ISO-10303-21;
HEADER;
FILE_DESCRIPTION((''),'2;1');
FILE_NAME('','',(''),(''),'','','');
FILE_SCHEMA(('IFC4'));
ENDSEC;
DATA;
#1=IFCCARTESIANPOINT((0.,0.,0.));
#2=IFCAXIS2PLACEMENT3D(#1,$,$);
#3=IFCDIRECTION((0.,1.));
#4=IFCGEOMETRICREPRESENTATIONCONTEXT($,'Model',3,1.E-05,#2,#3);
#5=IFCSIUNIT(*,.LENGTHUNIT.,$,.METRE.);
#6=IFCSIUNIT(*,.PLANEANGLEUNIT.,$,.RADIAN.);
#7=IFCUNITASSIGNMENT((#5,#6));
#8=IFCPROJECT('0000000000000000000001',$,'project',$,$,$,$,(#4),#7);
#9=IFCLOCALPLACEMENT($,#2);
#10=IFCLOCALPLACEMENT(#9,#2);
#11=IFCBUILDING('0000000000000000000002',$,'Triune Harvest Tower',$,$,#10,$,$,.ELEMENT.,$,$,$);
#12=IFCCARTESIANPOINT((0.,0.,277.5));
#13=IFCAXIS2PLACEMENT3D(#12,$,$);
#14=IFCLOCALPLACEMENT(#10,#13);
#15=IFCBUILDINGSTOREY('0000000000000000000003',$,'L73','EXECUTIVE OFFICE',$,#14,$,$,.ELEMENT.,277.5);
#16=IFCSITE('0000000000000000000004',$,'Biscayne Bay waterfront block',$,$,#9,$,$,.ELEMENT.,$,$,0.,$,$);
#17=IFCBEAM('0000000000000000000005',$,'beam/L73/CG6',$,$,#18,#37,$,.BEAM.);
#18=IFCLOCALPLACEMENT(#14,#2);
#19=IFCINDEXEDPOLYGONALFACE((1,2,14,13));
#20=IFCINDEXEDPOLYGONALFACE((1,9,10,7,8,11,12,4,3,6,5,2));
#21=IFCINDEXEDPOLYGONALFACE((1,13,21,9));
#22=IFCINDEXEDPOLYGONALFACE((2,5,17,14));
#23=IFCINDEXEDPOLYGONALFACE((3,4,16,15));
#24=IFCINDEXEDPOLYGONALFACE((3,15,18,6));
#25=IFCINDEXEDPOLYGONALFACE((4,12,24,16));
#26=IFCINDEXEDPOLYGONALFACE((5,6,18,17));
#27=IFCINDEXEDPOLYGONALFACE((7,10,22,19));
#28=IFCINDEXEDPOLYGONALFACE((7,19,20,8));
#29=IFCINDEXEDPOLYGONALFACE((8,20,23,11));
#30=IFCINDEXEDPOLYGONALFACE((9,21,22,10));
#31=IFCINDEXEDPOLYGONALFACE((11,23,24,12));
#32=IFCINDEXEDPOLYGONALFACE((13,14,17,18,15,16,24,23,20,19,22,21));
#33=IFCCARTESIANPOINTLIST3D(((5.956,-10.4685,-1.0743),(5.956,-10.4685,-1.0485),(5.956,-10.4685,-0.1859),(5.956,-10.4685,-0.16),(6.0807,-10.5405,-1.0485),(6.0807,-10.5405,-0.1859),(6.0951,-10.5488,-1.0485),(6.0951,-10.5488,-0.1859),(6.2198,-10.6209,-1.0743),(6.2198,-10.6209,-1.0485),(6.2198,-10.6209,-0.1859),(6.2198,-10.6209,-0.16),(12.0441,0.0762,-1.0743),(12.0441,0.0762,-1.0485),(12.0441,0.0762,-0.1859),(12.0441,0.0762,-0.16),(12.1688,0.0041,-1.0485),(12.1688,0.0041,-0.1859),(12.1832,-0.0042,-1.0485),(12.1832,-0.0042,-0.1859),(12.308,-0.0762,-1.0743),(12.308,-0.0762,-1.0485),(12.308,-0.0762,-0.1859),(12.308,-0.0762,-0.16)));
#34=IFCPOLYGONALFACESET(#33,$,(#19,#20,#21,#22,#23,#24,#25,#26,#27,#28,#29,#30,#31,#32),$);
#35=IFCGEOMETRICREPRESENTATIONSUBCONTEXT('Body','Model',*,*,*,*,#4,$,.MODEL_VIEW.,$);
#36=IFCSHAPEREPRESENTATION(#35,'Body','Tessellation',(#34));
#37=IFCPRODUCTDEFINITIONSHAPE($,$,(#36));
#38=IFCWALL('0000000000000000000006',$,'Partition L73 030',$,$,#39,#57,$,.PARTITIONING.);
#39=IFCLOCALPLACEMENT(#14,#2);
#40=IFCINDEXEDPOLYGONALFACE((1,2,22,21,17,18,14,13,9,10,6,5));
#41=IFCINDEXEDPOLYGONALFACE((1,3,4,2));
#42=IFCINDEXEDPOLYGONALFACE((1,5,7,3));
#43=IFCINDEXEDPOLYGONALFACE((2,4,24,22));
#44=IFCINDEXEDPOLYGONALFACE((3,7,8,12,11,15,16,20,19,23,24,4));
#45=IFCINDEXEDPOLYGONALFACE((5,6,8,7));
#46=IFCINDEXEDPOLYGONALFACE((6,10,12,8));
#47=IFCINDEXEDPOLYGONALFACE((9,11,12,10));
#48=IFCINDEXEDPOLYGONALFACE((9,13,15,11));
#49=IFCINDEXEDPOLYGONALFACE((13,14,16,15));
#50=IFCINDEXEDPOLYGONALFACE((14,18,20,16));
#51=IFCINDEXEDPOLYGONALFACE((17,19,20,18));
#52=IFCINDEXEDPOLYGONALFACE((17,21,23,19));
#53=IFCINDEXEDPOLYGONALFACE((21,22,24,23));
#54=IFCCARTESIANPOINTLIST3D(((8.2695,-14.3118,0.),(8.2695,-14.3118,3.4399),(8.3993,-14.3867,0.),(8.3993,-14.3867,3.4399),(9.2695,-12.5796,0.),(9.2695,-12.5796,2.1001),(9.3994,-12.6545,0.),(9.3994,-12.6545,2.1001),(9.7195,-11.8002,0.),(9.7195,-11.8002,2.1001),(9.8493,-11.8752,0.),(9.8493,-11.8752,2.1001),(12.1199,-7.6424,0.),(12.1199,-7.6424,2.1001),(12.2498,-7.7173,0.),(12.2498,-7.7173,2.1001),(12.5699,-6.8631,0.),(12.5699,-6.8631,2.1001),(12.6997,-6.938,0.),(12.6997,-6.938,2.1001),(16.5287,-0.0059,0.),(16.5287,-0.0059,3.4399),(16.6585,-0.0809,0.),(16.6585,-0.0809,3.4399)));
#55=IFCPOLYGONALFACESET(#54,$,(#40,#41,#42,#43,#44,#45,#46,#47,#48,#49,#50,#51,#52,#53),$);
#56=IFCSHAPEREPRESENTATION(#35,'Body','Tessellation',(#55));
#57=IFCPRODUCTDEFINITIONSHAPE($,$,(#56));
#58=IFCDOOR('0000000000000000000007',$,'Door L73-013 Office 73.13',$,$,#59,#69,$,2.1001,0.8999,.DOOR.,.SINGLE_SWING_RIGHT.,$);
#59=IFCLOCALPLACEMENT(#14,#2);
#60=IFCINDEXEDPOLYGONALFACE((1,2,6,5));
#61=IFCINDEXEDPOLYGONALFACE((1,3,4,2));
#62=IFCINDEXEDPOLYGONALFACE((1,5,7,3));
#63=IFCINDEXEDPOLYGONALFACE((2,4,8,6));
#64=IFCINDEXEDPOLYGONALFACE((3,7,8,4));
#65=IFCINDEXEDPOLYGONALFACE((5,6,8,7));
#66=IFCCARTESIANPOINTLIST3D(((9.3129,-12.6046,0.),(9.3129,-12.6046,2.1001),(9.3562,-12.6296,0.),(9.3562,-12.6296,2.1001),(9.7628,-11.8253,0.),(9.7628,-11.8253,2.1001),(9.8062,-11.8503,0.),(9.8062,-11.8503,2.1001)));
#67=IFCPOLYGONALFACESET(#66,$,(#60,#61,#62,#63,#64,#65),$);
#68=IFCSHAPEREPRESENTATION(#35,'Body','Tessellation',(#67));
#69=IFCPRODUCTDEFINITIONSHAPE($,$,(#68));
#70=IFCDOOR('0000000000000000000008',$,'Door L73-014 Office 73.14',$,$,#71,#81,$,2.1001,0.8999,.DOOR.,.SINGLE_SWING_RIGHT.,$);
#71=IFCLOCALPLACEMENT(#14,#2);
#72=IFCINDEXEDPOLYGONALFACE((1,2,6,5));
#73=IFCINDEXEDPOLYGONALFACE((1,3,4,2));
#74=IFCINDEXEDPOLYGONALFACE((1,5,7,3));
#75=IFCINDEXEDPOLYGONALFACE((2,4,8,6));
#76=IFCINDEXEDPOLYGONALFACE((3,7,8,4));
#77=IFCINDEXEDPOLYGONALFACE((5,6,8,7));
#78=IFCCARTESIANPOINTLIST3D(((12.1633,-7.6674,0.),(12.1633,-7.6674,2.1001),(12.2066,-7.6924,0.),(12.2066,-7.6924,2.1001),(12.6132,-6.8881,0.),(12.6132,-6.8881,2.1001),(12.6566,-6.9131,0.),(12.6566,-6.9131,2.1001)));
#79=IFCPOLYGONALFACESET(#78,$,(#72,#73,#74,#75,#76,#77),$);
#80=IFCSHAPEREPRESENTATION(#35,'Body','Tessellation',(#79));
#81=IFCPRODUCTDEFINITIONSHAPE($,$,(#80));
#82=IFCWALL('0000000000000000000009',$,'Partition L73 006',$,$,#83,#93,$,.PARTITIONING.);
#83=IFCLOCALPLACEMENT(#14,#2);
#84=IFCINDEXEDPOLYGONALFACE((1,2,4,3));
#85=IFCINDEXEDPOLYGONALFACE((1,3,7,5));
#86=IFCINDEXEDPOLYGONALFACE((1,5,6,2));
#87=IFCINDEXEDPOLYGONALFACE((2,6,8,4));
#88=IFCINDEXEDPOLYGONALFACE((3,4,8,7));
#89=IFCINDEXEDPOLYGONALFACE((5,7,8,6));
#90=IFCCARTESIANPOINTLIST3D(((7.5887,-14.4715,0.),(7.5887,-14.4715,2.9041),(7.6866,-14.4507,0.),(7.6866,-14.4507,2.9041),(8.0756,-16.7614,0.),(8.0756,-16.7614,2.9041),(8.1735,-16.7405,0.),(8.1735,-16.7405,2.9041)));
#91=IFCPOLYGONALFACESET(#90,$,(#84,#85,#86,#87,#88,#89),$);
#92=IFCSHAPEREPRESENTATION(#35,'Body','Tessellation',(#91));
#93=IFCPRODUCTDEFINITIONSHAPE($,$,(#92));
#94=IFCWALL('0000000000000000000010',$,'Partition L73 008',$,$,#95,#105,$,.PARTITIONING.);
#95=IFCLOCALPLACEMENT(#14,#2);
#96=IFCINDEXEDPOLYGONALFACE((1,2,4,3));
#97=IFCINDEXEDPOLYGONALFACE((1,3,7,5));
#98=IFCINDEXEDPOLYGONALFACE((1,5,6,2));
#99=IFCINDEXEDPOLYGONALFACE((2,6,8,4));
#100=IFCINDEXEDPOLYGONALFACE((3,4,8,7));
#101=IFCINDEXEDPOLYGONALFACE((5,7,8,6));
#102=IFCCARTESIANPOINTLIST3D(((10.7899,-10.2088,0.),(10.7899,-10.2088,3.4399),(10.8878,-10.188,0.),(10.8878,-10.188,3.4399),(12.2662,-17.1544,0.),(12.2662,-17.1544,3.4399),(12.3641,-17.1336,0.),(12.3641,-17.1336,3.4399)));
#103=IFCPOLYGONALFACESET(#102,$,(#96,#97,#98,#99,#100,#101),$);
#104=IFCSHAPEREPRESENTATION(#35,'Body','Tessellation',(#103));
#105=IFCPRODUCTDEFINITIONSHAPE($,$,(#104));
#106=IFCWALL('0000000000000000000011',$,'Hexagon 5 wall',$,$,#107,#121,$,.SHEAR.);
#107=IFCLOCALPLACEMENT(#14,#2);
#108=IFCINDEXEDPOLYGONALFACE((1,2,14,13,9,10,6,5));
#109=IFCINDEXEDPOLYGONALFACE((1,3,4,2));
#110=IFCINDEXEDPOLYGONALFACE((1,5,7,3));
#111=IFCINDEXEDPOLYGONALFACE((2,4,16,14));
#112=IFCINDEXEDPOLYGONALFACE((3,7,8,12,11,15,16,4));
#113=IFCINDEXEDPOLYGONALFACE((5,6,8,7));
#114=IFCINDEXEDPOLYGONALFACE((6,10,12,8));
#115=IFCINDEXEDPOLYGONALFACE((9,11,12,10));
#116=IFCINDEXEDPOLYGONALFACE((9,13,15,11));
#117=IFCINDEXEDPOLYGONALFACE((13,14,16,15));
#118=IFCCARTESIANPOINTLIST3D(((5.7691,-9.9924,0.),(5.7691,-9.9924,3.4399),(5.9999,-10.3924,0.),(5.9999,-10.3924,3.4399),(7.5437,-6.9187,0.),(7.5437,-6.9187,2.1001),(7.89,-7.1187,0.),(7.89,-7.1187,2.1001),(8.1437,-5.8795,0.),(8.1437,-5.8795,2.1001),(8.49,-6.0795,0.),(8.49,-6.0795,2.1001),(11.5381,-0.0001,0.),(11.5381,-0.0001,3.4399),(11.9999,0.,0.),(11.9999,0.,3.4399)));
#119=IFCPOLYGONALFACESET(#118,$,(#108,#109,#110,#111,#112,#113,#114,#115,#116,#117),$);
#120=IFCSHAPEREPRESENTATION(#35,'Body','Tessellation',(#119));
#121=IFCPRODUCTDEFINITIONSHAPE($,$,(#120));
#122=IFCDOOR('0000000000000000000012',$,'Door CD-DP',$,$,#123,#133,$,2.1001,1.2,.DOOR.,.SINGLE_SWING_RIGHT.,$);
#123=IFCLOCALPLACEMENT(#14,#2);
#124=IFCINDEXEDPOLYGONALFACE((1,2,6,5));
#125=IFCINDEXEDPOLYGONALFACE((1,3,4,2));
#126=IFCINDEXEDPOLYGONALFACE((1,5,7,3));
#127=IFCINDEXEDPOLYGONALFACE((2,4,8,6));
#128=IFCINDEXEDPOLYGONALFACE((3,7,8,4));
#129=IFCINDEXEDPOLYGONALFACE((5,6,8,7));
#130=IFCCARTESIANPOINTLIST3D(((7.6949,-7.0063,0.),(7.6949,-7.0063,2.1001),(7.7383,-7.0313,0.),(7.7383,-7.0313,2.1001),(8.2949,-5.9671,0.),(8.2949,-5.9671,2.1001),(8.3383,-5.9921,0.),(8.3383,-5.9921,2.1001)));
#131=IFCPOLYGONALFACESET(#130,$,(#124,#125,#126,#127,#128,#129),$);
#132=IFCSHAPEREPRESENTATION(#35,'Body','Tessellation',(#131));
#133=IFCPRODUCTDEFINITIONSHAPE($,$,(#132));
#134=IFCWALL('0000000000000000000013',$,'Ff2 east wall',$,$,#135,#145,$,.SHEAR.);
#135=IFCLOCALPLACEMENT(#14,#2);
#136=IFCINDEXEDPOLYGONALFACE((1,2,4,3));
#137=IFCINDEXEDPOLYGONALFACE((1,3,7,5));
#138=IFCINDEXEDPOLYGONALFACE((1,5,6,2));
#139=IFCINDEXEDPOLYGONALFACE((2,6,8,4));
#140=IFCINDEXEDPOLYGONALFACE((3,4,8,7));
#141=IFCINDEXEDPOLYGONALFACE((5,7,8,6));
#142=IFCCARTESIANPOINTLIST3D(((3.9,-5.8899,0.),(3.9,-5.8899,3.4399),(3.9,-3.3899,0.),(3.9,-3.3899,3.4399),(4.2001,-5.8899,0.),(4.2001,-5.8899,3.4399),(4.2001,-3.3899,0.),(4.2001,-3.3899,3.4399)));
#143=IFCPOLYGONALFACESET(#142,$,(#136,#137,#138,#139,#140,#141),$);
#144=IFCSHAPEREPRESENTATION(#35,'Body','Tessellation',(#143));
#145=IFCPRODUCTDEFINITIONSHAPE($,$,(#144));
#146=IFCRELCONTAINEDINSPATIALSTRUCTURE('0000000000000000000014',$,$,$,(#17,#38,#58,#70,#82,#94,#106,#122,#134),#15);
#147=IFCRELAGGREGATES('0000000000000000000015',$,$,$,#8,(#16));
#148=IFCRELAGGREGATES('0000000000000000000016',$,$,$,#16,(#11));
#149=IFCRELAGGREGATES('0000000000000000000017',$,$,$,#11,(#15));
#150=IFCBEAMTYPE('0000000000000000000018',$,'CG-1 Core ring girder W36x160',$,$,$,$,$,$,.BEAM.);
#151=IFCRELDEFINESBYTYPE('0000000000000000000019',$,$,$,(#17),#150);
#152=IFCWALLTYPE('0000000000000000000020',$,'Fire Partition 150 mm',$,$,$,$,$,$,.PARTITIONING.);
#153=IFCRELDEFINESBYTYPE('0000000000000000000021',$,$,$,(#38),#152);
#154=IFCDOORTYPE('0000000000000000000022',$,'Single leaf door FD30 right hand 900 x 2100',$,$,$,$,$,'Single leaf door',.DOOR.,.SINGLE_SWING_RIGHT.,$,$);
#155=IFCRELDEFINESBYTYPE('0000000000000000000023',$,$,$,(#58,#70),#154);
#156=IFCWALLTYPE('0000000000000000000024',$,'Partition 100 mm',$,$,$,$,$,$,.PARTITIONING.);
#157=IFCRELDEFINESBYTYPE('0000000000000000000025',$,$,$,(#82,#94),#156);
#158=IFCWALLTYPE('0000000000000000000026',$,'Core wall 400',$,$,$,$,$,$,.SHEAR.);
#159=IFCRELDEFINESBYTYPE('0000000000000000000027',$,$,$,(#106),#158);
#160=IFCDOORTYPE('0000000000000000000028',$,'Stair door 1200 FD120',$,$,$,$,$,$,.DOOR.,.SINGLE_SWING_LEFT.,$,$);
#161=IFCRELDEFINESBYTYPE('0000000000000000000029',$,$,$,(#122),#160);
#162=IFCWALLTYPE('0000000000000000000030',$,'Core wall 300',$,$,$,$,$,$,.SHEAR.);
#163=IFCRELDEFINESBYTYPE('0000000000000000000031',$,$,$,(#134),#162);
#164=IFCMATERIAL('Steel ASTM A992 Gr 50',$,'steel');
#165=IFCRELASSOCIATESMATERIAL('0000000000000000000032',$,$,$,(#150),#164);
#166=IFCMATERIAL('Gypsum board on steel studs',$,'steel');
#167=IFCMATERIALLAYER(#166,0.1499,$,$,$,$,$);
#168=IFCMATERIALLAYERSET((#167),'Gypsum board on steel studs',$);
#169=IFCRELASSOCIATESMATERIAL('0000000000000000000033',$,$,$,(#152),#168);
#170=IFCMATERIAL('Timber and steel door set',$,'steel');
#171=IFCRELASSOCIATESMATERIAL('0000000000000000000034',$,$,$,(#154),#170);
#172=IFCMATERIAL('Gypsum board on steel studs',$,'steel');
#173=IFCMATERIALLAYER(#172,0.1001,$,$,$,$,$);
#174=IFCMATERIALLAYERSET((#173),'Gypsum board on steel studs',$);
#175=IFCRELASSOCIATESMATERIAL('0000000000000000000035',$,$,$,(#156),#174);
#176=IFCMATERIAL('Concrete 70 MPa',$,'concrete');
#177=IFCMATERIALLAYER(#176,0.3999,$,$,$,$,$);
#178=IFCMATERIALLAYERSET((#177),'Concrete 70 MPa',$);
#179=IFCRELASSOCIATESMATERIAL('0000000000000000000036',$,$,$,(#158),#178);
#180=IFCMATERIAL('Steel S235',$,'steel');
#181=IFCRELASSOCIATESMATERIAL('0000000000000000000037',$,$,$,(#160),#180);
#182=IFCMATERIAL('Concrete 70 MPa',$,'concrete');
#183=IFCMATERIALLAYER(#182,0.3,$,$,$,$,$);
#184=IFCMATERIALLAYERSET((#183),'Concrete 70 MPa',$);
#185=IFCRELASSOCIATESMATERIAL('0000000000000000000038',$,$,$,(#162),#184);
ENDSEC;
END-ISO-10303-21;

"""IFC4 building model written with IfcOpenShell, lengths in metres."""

from ifc_helpers import new_model, si_unit, direction, frame, frame_2d, origin, origin_2d, place, context, subcontext, project, spatial, polyline, rectangle, i_section, outline, extrude, source, transform, mapped, material, layer, layer_set, material_profile, profile_set, type_object, element, fill, save


model = new_model("IFC4")

# Units and contexts
model_context = context("Model", 3, precision=1e-05, world=origin(), true_north=direction((0.0, 1.0)))
body_context = subcontext(model_context, "Body", "Model", "MODEL_VIEW")
ifc_project = project(units=[si_unit("LENGTHUNIT", "METRE"), si_unit("PLANEANGLEUNIT", "RADIAN")], contexts=[model_context])

# Site, building, storey
site_placement = place(None, origin())
site = spatial("IfcSite", under=ifc_project, at=site_placement, Name="Biscayne Bay waterfront block", CompositionType="ELEMENT", RefElevation=0.0)
building_placement = place(site_placement, origin())
building = spatial("IfcBuilding", under=site, at=building_placement, Name="Triune Harvest Tower", CompositionType="ELEMENT")
storey_placement = place(building_placement, frame((0.0, 0.0, 277.5)))
storey = spatial("IfcBuildingStorey", under=building, at=storey_placement, Name="L73", Description="EXECUTIVE OFFICE", CompositionType="ELEMENT", Elevation=277.5)

# Beam
ifc_material_1 = material(Name="Steel ASTM A992 Gr 50", Category="steel")
ifc_material_profile = material_profile(ifc_material_1, i_section(OverallWidth=0.3047, OverallDepth=0.9143, WebThickness=0.0166, FlangeThickness=0.0259, at=origin_2d()), Name="W36x160")
ifc_profile_set = profile_set([ifc_material_profile], Name="Steel ASTM A992 Gr 50")
beam_type = type_object("IfcBeamType", Name="CG-1 Core ring girder W36x160", PredefinedType="BEAM", material=ifc_profile_set)
shared_shape_1 = source(origin(), body_context, "Body", "SweptSolid", [
    extrude(i_section(OverallWidth=0.3047, OverallDepth=0.9143, WebThickness=0.0166, FlangeThickness=0.0259, at=origin_2d()), origin(), (0.0, 0.0, 1.0), 12.176),
])
beam_placement = place(storey_placement, frame((6.0879, -10.5447, -0.6172), z_axis=(0.50001, 0.86602, 0.0), x_axis=(-0.86602, 0.50001, 0.0)))
element("IfcBeam", 1, at=beam_placement, inside=storey, type_object=beam_type, Name="beam/L73/CG6", PredefinedType="BEAM", context=body_context, shape_type="MappedRepresentation", body=[
    mapped(shared_shape_1, transform((0.0, 0.0, 0.0), scale=1.0)),
])

# Wall, openings, doors
ifc_material_2 = material(Name="Gypsum board on steel studs", Category="steel")
ifc_layer_1 = layer(ifc_material_2, 0.1499)
ifc_layer_set_1 = layer_set([ifc_layer_1], Name="Gypsum board on steel studs")
wall_type_1 = type_object("IfcWallType", Name="Fire Partition 150 mm", PredefinedType="PARTITIONING", material=ifc_layer_set_1)
wall_1_placement = place(storey_placement, frame((8.3345, -14.3491, 0.0), z_axis=(0.0, 0.0, 1.0), x_axis=(0.499989, 0.866032, 0.0)))
wall_1 = element("IfcWall", 2, at=wall_1_placement, inside=storey, type_object=wall_type_1, Name="Partition L73 030", PredefinedType="PARTITIONING", context=body_context, shape_type="SweptSolid", body=[
    extrude(rectangle(XDim=16.5188, YDim=0.1499, at=frame_2d((8.2593, 0.0))), origin(), (0.0, 0.0, 1.0), 3.4399),
])
opening_1_placement = place(wall_1_placement, frame((2.0, 0.0, 0.0)))
opening_1 = element("IfcOpeningElement", 3, at=opening_1_placement, cuts=wall_1, PredefinedType="OPENING", context=body_context, shape_type="SweptSolid", body=[
    extrude(rectangle(XDim=0.8999, YDim=2.1001, at=frame_2d((0.45, 1.05))), frame((0.0, 0.085, 0.0), z_axis=(0.0, -1.0, 0.0), x_axis=(1.0, 0.0, 0.0)), (0.0, 0.0, 1.0), 0.1699),
])
opening_2_placement = place(wall_1_placement, frame((7.7009, 0.0, 0.0)))
opening_2 = element("IfcOpeningElement", 4, at=opening_2_placement, cuts=wall_1, PredefinedType="OPENING", context=body_context, shape_type="SweptSolid", body=[
    extrude(rectangle(XDim=0.8999, YDim=2.1001, at=frame_2d((0.45, 1.05))), frame((0.0, 0.085, 0.0), z_axis=(0.0, -1.0, 0.0), x_axis=(1.0, 0.0, 0.0)), (0.0, 0.0, 1.0), 0.1699),
])
ifc_material_3 = material(Name="Timber and steel door set", Category="steel")
door_type_1 = type_object("IfcDoorType", Name="Single leaf door FD30 right hand 900 x 2100", ElementType="Single leaf door", OperationType="SINGLE_SWING_RIGHT", PredefinedType="DOOR", material=ifc_material_3)
door_1_placement = place(opening_1_placement, origin())
door_1 = element("IfcDoor", 5, at=door_1_placement, inside=storey, type_object=door_type_1, Name="Door L73-013 Office 73.13", OperationType="SINGLE_SWING_RIGHT", OverallHeight=2.1001, OverallWidth=0.8999, PredefinedType="DOOR", context=body_context, shape_type="SweptSolid", body=[
    extrude(rectangle(XDim=0.8999, YDim=2.1001, at=frame_2d((0.45, 1.05))), frame((0.0, 0.0249, 0.0), z_axis=(0.0, -1.0, 0.0), x_axis=(1.0, 0.0, 0.0)), (0.0, 0.0, 1.0), 0.05),
])
fill(opening_1, door_1)
door_2_placement = place(opening_2_placement, origin())
door_2 = element("IfcDoor", 6, at=door_2_placement, inside=storey, type_object=door_type_1, Name="Door L73-014 Office 73.14", OperationType="SINGLE_SWING_RIGHT", OverallHeight=2.1001, OverallWidth=0.8999, PredefinedType="DOOR", context=body_context, shape_type="SweptSolid", body=[
    extrude(rectangle(XDim=0.8999, YDim=2.1001, at=frame_2d((0.45, 1.05))), frame((0.0, 0.0249, 0.0), z_axis=(0.0, -1.0, 0.0), x_axis=(1.0, 0.0, 0.0)), (0.0, 0.0, 1.0), 0.05),
])
fill(opening_2, door_2)

# Walls
ifc_material_4 = material(Name="Gypsum board on steel studs", Category="steel")
ifc_layer_2 = layer(ifc_material_4, 0.1001)
ifc_layer_set_2 = layer_set([ifc_layer_2], Name="Gypsum board on steel studs")
wall_type_2 = type_object("IfcWallType", Name="Partition 100 mm", PredefinedType="PARTITIONING", material=ifc_layer_set_2)
wall_2_placement = place(storey_placement, frame((7.6377, -14.4612, 0.0), z_axis=(0.0, 0.0, 1.0), x_axis=(0.207955, -0.978138, 0.0)))
element("IfcWall", 7, at=wall_2_placement, inside=storey, type_object=wall_type_2, Name="Partition L73 006", PredefinedType="PARTITIONING", context=body_context, shape_type="SweptSolid", body=[
    extrude(rectangle(XDim=2.3411, YDim=0.1001, at=frame_2d((1.1704, 0.0))), origin(), (0.0, 0.0, 1.0), 2.9041),
])
wall_3_placement = place(storey_placement, frame((10.8389, -10.1985, 0.0), z_axis=(0.0, 0.0, 1.0), x_axis=(0.207911, -0.978148, 0.0)))
element("IfcWall", 8, at=wall_3_placement, inside=storey, type_object=wall_type_2, Name="Partition L73 008", PredefinedType="PARTITIONING", context=body_context, shape_type="SweptSolid", body=[
    extrude(rectangle(XDim=7.1008, YDim=0.1001, at=frame_2d((3.5503, 0.0))), origin(), (0.0, 0.0, 1.0), 3.4399),
])

# Wall, opening, door
ifc_material_5 = material(Name="Concrete 70 MPa", Category="concrete")
ifc_layer_3 = layer(ifc_material_5, 0.3999)
ifc_layer_set_3 = layer_set([ifc_layer_3], Name="Concrete 70 MPa")
wall_type_3 = type_object("IfcWallType", Name="Core wall 400", PredefinedType="SHEAR", material=ifc_layer_set_3)
shared_shape_2 = source(origin(), body_context, "Body", "SweptSolid", [
    extrude(outline(polyline([(-0.1155, -0.2), (11.8845, -0.2), (11.6536, 0.2), (0.1155, 0.2), (-0.1155, -0.2)])), origin(), (0.0, 0.0, 1.0), 3.4399),
])
wall_4_placement = place(storey_placement, frame((5.8845, -10.1924, 0.0), z_axis=(0.0, 0.0, 1.0), x_axis=(0.499997, 0.866027, 0.0)))
wall_4 = element("IfcWall", 9, at=wall_4_placement, inside=storey, type_object=wall_type_3, Name="Hexagon 5 wall", PredefinedType="SHEAR", context=body_context, shape_type="MappedRepresentation", body=[
    mapped(shared_shape_2, transform((0.0, 0.0, 0.0), scale=1.0)),
])
opening_3_placement = place(wall_4_placement, frame((3.6646, 0.0, 0.0)))
opening_3 = element("IfcOpeningElement", 10, at=opening_3_placement, cuts=wall_4, PredefinedType="OPENING", context=body_context, shape_type="SweptSolid", body=[
    extrude(rectangle(XDim=1.2, YDim=2.1001, at=frame_2d((0.6001, 1.05))), frame((0.0, 0.21, 0.0), z_axis=(0.0, -1.0, 0.0), x_axis=(1.0, 0.0, 0.0)), (0.0, 0.0, 1.0), 0.4199),
])
ifc_material_6 = material(Name="Steel S235", Category="steel")
door_type_2 = type_object("IfcDoorType", Name="Stair door 1200 FD120", OperationType="SINGLE_SWING_LEFT", PredefinedType="DOOR", material=ifc_material_6)
door_3_placement = place(opening_3_placement, frame((1.2, 0.0, 0.0), z_axis=(0.0, 0.0, 1.0), x_axis=(-1.0, 0.0, 0.0)))
door_3 = element("IfcDoor", 11, at=door_3_placement, inside=storey, type_object=door_type_2, Name="Door CD-DP", OperationType="SINGLE_SWING_RIGHT", OverallHeight=2.1001, OverallWidth=1.2, PredefinedType="DOOR", context=body_context, shape_type="SweptSolid", body=[
    extrude(rectangle(XDim=1.2, YDim=2.1001, at=frame_2d((0.6001, 1.05))), frame((0.0, 0.0249, 0.0), z_axis=(0.0, -1.0, 0.0), x_axis=(1.0, 0.0, 0.0)), (0.0, 0.0, 1.0), 0.05),
])
fill(opening_3, door_3)

# Wall
ifc_material_7 = material(Name="Concrete 70 MPa", Category="concrete")
ifc_layer_4 = layer(ifc_material_7, 0.3)
ifc_layer_set_4 = layer_set([ifc_layer_4], Name="Concrete 70 MPa")
wall_type_4 = type_object("IfcWallType", Name="Core wall 300", PredefinedType="SHEAR", material=ifc_layer_set_4)
shared_shape_3 = source(origin(), body_context, "Body", "SweptSolid", [
    extrude(rectangle(XDim=2.5, YDim=0.3, at=frame_2d((1.25, 0.0))), origin(), (0.0, 0.0, 1.0), 3.4399),
])
wall_5_placement = place(storey_placement, frame((4.05, -5.8899, 0.0), z_axis=(0.0, 0.0, 1.0), x_axis=(0.0, 1.0, 0.0)))
element("IfcWall", 12, at=wall_5_placement, inside=storey, type_object=wall_type_4, Name="Ff2 east wall", PredefinedType="SHEAR", context=body_context, shape_type="MappedRepresentation", body=[
    mapped(shared_shape_3, transform((0.0, 0.0, 0.0), scale=1.0)),
])

save(model, "model.ifc")
